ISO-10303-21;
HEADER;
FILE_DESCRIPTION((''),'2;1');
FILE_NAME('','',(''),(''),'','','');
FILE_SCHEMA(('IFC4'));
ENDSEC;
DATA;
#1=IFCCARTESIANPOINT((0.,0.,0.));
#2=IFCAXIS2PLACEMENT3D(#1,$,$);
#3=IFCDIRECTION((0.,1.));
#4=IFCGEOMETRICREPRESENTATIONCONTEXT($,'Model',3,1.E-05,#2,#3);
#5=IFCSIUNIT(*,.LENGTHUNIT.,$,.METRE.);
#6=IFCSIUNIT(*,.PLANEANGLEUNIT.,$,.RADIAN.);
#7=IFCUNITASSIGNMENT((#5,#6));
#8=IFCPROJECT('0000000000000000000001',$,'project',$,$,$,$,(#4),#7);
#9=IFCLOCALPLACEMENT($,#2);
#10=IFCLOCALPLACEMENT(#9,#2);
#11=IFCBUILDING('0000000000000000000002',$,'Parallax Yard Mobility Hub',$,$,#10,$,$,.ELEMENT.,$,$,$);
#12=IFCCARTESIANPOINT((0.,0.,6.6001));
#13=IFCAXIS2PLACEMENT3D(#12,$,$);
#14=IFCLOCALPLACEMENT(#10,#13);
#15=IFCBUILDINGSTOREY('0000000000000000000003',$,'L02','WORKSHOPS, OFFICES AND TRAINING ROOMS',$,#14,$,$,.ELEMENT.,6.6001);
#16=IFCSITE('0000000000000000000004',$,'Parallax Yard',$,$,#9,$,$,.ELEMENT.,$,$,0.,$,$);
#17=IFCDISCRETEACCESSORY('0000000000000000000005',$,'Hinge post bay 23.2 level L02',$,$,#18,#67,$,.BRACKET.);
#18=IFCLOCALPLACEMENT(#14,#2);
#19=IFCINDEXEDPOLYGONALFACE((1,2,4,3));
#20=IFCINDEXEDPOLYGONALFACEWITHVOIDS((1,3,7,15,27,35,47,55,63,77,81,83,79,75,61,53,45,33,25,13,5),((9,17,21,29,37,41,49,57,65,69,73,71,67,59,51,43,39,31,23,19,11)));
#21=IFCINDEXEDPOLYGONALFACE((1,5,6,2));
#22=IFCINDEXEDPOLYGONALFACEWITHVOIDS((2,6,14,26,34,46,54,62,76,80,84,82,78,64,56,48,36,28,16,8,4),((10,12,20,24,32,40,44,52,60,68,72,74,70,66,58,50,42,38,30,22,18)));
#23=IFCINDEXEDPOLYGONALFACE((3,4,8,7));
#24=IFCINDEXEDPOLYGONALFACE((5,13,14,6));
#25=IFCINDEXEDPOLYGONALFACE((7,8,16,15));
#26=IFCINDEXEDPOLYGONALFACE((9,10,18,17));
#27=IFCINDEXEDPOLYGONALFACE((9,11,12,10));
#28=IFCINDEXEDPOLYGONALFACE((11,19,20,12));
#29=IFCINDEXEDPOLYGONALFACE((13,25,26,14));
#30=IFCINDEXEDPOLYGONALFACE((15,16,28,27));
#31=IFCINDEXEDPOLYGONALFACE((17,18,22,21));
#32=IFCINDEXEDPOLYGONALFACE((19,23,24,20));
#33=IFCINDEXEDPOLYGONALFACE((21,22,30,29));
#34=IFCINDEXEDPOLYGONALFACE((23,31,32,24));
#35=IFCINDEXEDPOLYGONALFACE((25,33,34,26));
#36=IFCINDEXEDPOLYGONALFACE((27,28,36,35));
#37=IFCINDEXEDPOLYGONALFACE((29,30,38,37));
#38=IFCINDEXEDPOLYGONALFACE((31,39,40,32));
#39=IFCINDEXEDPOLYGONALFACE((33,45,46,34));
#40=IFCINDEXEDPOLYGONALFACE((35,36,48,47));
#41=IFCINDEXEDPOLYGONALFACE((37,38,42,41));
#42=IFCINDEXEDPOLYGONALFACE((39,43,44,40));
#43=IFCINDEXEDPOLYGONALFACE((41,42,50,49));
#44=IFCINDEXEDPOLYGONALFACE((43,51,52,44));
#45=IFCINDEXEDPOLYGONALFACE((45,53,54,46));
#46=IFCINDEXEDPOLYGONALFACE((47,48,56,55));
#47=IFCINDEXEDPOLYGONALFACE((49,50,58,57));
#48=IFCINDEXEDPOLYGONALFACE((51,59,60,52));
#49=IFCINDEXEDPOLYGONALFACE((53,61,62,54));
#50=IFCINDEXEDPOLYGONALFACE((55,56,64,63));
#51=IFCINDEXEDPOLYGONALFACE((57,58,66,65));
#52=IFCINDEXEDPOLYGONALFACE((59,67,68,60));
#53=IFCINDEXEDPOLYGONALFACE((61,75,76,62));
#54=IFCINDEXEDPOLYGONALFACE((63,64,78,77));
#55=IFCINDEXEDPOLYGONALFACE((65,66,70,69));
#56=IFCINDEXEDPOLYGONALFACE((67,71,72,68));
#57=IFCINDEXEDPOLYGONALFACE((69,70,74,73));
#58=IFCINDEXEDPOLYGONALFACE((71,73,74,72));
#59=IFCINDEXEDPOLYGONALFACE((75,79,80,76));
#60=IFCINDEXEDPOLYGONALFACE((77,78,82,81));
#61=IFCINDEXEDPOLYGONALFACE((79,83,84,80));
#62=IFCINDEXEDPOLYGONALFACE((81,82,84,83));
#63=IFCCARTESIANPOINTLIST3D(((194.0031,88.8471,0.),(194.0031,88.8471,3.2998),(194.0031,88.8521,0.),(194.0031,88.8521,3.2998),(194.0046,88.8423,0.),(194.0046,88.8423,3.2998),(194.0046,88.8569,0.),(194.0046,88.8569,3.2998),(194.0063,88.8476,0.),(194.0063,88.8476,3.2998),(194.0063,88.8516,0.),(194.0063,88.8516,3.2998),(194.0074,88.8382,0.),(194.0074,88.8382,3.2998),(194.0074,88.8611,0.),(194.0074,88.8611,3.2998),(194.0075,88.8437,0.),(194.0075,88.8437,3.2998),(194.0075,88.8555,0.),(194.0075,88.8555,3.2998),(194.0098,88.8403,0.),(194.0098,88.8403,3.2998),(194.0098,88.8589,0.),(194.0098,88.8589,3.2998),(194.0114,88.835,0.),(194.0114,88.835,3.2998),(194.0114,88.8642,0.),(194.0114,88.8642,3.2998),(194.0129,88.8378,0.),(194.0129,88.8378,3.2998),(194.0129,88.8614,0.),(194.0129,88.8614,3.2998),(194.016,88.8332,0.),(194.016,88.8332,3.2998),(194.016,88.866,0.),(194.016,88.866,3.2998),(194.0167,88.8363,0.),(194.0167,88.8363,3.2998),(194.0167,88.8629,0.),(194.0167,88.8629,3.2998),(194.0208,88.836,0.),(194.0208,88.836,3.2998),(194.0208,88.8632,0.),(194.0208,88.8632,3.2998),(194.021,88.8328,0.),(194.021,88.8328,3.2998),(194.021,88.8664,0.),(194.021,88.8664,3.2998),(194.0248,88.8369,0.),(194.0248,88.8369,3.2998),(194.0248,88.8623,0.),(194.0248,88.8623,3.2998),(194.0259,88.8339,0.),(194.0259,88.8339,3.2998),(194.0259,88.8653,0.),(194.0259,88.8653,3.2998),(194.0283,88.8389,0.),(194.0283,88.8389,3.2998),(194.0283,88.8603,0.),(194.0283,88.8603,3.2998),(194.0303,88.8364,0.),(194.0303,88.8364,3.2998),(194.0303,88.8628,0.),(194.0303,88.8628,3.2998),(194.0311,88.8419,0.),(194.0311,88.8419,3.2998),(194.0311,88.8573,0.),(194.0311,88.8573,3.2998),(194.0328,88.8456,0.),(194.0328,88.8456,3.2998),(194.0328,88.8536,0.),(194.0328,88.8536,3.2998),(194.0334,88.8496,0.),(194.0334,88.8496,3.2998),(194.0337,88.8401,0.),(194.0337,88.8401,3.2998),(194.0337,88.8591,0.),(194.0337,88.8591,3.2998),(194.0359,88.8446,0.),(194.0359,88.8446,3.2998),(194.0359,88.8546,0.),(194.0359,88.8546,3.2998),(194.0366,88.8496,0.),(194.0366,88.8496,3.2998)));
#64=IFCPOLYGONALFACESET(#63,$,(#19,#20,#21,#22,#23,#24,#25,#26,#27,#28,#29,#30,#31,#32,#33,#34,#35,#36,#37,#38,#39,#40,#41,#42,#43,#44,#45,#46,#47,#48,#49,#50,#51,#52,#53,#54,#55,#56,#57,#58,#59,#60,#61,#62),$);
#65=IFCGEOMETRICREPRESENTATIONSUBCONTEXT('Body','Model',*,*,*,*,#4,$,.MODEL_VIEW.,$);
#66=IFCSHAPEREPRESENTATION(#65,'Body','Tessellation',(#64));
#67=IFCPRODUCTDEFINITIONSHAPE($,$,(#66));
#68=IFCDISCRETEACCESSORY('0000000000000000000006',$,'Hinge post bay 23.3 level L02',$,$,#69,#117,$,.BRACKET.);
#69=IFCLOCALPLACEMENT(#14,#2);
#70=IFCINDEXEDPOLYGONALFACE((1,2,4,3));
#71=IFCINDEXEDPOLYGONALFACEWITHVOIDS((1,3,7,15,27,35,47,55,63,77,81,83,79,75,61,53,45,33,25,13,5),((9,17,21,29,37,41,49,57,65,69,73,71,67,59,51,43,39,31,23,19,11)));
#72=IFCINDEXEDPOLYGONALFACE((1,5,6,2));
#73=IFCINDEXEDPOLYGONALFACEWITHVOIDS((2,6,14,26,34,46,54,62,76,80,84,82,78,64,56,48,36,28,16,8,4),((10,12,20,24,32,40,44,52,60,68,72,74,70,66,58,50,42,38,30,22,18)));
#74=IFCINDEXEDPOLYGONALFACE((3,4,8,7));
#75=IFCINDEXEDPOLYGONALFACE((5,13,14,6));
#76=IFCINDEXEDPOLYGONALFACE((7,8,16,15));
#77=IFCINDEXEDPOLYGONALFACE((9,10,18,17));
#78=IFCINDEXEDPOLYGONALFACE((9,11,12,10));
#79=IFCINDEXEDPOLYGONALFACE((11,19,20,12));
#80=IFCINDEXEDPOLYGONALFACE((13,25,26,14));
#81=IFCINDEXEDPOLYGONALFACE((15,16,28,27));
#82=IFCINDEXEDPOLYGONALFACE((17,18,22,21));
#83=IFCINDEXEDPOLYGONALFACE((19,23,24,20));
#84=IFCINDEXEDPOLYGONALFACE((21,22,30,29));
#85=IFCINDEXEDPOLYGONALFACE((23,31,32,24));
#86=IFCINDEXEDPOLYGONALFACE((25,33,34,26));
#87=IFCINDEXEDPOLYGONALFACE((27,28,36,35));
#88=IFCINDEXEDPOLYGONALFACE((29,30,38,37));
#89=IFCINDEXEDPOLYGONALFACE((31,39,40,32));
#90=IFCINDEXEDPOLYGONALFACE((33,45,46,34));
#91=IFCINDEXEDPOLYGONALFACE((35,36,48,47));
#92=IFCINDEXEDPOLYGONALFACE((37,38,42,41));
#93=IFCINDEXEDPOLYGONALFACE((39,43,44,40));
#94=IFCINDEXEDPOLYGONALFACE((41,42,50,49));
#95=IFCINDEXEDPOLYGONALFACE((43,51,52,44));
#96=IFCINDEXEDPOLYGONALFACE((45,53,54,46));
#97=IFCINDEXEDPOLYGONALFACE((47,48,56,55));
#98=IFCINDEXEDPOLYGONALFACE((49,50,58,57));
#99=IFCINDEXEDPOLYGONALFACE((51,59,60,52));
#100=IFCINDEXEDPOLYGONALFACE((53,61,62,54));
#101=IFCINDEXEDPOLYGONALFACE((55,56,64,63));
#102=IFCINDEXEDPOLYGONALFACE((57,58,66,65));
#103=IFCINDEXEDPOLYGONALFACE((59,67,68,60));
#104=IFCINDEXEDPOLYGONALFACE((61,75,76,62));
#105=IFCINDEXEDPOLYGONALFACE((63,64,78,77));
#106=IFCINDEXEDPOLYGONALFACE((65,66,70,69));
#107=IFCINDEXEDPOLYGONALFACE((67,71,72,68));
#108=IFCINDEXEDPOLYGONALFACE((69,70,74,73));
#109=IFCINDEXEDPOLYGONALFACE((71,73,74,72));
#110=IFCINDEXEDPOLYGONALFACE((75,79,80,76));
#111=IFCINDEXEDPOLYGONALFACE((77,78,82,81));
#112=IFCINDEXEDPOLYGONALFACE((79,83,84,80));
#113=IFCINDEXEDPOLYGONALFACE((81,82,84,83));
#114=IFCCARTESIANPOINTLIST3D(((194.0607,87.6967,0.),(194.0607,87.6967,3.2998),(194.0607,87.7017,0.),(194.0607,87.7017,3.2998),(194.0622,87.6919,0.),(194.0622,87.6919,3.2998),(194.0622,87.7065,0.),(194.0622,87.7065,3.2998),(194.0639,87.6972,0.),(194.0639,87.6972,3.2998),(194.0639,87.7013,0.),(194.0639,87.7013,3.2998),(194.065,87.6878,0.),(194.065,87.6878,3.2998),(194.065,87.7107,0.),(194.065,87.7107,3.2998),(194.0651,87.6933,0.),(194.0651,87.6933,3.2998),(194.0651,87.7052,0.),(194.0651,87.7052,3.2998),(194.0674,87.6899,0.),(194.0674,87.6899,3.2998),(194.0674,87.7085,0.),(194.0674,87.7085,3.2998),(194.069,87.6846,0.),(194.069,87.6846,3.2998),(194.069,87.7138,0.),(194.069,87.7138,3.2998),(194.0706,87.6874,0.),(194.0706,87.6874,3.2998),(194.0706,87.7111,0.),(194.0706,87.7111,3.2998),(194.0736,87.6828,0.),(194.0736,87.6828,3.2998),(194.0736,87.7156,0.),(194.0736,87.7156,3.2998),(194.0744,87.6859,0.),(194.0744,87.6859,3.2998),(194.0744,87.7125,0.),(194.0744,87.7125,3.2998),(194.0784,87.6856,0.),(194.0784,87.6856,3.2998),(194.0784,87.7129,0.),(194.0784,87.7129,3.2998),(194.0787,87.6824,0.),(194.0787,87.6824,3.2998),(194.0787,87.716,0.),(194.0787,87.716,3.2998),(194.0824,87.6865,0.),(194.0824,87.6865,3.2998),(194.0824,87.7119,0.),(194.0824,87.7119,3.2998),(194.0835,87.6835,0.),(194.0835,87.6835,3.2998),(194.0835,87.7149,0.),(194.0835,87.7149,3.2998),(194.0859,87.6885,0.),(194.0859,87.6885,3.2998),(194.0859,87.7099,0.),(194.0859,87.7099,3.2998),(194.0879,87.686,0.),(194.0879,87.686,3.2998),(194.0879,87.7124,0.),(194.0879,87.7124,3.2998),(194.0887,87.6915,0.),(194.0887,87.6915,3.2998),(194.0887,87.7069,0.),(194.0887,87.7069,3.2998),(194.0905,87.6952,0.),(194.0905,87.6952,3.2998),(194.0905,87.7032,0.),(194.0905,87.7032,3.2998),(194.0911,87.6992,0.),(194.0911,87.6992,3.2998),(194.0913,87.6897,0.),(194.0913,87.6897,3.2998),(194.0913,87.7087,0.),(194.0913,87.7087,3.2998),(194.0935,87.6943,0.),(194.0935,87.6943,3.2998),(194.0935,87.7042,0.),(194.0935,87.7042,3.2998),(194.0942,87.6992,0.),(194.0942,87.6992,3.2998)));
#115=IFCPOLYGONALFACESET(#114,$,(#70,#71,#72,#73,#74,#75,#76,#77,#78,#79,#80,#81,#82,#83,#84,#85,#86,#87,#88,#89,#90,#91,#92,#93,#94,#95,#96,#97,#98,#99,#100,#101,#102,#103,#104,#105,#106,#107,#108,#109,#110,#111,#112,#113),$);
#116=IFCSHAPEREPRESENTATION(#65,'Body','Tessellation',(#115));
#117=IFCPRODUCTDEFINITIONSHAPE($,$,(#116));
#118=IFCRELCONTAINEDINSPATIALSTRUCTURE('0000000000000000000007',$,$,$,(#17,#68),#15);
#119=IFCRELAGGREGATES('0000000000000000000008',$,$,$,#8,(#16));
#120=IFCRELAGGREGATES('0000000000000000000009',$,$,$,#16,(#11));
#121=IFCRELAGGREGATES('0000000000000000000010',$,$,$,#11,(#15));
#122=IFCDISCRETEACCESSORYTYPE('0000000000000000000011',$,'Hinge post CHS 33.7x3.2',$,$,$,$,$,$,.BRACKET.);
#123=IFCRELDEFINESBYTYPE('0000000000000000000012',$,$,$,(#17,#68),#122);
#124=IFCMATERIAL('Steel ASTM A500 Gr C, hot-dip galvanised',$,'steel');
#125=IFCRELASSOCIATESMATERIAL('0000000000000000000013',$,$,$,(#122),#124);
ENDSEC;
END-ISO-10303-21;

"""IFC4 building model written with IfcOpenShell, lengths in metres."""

from ifc_helpers import new_model, si_unit, direction, frame, origin, origin_2d, place, context, subcontext, project, spatial, hollow_circle, extrude, material, material_profile, profile_set, type_object, element, save


model = new_model("IFC4")

# Units and contexts
model_context = context("Model", 3, precision=1e-05, world=origin(), true_north=direction((0.0, 1.0)))
body_context = subcontext(model_context, "Body", "Model", "MODEL_VIEW")
ifc_project = project(units=[si_unit("LENGTHUNIT", "METRE"), si_unit("PLANEANGLEUNIT", "RADIAN")], contexts=[model_context])

# Site, building, storey
site_placement = place(None, origin())
site = spatial("IfcSite", under=ifc_project, at=site_placement, Name="Parallax Yard", CompositionType="ELEMENT", RefElevation=0.0)
building_placement = place(site_placement, origin())
building = spatial("IfcBuilding", under=site, at=building_placement, Name="Parallax Yard Mobility Hub", CompositionType="ELEMENT")
storey_placement = place(building_placement, frame((0.0, 0.0, 6.6001)))
storey = spatial("IfcBuildingStorey", under=building, at=storey_placement, Name="L02", Description="WORKSHOPS, OFFICES AND TRAINING ROOMS", CompositionType="ELEMENT", Elevation=6.6001)

# Discrete accessories
ifc_material_1 = material(Name="Steel ASTM A500 Gr C, hot-dip galvanised", Category="steel")
ifc_material_profile_1 = material_profile(ifc_material_1, hollow_circle(Radius=0.0168, WallThickness=0.0032, at=origin_2d()), Name="CHS 33.7x3.2")
ifc_profile_set_1 = profile_set([ifc_material_profile_1], Name="Steel ASTM A500 Gr C, hot-dip galvanised")
discrete_accessory_type_1 = type_object("IfcDiscreteAccessoryType", Name="Hinge post CHS 33.7x3.2", PredefinedType="BRACKET", material=ifc_profile_set_1)
for number, where, z_axis, x_axis, name in (
    (1, (194.0198, 88.8496, 0.0), (0.0, 0.0, 1.0), (1.0, 0.0, 0.0), "Hinge post bay 23.2 level L02"),
    (2, (194.0774, 87.6992, 0.0), (0.0, 0.0, 1.0), (1.0, 0.0, 0.0), "Hinge post bay 23.3 level L02"),
):
    element("IfcDiscreteAccessory", number, at=place(storey_placement, frame(where, z_axis=z_axis, x_axis=x_axis)), inside=storey, type_object=discrete_accessory_type_1, Name=name, PredefinedType="BRACKET", context=body_context, shape_type="SweptSolid", body=[
        extrude(hollow_circle(Radius=0.0168, WallThickness=0.0032, at=origin_2d()), origin(), (0.0, 0.0, 1.0), 3.2998),
    ])

save(model, "model.ifc")
